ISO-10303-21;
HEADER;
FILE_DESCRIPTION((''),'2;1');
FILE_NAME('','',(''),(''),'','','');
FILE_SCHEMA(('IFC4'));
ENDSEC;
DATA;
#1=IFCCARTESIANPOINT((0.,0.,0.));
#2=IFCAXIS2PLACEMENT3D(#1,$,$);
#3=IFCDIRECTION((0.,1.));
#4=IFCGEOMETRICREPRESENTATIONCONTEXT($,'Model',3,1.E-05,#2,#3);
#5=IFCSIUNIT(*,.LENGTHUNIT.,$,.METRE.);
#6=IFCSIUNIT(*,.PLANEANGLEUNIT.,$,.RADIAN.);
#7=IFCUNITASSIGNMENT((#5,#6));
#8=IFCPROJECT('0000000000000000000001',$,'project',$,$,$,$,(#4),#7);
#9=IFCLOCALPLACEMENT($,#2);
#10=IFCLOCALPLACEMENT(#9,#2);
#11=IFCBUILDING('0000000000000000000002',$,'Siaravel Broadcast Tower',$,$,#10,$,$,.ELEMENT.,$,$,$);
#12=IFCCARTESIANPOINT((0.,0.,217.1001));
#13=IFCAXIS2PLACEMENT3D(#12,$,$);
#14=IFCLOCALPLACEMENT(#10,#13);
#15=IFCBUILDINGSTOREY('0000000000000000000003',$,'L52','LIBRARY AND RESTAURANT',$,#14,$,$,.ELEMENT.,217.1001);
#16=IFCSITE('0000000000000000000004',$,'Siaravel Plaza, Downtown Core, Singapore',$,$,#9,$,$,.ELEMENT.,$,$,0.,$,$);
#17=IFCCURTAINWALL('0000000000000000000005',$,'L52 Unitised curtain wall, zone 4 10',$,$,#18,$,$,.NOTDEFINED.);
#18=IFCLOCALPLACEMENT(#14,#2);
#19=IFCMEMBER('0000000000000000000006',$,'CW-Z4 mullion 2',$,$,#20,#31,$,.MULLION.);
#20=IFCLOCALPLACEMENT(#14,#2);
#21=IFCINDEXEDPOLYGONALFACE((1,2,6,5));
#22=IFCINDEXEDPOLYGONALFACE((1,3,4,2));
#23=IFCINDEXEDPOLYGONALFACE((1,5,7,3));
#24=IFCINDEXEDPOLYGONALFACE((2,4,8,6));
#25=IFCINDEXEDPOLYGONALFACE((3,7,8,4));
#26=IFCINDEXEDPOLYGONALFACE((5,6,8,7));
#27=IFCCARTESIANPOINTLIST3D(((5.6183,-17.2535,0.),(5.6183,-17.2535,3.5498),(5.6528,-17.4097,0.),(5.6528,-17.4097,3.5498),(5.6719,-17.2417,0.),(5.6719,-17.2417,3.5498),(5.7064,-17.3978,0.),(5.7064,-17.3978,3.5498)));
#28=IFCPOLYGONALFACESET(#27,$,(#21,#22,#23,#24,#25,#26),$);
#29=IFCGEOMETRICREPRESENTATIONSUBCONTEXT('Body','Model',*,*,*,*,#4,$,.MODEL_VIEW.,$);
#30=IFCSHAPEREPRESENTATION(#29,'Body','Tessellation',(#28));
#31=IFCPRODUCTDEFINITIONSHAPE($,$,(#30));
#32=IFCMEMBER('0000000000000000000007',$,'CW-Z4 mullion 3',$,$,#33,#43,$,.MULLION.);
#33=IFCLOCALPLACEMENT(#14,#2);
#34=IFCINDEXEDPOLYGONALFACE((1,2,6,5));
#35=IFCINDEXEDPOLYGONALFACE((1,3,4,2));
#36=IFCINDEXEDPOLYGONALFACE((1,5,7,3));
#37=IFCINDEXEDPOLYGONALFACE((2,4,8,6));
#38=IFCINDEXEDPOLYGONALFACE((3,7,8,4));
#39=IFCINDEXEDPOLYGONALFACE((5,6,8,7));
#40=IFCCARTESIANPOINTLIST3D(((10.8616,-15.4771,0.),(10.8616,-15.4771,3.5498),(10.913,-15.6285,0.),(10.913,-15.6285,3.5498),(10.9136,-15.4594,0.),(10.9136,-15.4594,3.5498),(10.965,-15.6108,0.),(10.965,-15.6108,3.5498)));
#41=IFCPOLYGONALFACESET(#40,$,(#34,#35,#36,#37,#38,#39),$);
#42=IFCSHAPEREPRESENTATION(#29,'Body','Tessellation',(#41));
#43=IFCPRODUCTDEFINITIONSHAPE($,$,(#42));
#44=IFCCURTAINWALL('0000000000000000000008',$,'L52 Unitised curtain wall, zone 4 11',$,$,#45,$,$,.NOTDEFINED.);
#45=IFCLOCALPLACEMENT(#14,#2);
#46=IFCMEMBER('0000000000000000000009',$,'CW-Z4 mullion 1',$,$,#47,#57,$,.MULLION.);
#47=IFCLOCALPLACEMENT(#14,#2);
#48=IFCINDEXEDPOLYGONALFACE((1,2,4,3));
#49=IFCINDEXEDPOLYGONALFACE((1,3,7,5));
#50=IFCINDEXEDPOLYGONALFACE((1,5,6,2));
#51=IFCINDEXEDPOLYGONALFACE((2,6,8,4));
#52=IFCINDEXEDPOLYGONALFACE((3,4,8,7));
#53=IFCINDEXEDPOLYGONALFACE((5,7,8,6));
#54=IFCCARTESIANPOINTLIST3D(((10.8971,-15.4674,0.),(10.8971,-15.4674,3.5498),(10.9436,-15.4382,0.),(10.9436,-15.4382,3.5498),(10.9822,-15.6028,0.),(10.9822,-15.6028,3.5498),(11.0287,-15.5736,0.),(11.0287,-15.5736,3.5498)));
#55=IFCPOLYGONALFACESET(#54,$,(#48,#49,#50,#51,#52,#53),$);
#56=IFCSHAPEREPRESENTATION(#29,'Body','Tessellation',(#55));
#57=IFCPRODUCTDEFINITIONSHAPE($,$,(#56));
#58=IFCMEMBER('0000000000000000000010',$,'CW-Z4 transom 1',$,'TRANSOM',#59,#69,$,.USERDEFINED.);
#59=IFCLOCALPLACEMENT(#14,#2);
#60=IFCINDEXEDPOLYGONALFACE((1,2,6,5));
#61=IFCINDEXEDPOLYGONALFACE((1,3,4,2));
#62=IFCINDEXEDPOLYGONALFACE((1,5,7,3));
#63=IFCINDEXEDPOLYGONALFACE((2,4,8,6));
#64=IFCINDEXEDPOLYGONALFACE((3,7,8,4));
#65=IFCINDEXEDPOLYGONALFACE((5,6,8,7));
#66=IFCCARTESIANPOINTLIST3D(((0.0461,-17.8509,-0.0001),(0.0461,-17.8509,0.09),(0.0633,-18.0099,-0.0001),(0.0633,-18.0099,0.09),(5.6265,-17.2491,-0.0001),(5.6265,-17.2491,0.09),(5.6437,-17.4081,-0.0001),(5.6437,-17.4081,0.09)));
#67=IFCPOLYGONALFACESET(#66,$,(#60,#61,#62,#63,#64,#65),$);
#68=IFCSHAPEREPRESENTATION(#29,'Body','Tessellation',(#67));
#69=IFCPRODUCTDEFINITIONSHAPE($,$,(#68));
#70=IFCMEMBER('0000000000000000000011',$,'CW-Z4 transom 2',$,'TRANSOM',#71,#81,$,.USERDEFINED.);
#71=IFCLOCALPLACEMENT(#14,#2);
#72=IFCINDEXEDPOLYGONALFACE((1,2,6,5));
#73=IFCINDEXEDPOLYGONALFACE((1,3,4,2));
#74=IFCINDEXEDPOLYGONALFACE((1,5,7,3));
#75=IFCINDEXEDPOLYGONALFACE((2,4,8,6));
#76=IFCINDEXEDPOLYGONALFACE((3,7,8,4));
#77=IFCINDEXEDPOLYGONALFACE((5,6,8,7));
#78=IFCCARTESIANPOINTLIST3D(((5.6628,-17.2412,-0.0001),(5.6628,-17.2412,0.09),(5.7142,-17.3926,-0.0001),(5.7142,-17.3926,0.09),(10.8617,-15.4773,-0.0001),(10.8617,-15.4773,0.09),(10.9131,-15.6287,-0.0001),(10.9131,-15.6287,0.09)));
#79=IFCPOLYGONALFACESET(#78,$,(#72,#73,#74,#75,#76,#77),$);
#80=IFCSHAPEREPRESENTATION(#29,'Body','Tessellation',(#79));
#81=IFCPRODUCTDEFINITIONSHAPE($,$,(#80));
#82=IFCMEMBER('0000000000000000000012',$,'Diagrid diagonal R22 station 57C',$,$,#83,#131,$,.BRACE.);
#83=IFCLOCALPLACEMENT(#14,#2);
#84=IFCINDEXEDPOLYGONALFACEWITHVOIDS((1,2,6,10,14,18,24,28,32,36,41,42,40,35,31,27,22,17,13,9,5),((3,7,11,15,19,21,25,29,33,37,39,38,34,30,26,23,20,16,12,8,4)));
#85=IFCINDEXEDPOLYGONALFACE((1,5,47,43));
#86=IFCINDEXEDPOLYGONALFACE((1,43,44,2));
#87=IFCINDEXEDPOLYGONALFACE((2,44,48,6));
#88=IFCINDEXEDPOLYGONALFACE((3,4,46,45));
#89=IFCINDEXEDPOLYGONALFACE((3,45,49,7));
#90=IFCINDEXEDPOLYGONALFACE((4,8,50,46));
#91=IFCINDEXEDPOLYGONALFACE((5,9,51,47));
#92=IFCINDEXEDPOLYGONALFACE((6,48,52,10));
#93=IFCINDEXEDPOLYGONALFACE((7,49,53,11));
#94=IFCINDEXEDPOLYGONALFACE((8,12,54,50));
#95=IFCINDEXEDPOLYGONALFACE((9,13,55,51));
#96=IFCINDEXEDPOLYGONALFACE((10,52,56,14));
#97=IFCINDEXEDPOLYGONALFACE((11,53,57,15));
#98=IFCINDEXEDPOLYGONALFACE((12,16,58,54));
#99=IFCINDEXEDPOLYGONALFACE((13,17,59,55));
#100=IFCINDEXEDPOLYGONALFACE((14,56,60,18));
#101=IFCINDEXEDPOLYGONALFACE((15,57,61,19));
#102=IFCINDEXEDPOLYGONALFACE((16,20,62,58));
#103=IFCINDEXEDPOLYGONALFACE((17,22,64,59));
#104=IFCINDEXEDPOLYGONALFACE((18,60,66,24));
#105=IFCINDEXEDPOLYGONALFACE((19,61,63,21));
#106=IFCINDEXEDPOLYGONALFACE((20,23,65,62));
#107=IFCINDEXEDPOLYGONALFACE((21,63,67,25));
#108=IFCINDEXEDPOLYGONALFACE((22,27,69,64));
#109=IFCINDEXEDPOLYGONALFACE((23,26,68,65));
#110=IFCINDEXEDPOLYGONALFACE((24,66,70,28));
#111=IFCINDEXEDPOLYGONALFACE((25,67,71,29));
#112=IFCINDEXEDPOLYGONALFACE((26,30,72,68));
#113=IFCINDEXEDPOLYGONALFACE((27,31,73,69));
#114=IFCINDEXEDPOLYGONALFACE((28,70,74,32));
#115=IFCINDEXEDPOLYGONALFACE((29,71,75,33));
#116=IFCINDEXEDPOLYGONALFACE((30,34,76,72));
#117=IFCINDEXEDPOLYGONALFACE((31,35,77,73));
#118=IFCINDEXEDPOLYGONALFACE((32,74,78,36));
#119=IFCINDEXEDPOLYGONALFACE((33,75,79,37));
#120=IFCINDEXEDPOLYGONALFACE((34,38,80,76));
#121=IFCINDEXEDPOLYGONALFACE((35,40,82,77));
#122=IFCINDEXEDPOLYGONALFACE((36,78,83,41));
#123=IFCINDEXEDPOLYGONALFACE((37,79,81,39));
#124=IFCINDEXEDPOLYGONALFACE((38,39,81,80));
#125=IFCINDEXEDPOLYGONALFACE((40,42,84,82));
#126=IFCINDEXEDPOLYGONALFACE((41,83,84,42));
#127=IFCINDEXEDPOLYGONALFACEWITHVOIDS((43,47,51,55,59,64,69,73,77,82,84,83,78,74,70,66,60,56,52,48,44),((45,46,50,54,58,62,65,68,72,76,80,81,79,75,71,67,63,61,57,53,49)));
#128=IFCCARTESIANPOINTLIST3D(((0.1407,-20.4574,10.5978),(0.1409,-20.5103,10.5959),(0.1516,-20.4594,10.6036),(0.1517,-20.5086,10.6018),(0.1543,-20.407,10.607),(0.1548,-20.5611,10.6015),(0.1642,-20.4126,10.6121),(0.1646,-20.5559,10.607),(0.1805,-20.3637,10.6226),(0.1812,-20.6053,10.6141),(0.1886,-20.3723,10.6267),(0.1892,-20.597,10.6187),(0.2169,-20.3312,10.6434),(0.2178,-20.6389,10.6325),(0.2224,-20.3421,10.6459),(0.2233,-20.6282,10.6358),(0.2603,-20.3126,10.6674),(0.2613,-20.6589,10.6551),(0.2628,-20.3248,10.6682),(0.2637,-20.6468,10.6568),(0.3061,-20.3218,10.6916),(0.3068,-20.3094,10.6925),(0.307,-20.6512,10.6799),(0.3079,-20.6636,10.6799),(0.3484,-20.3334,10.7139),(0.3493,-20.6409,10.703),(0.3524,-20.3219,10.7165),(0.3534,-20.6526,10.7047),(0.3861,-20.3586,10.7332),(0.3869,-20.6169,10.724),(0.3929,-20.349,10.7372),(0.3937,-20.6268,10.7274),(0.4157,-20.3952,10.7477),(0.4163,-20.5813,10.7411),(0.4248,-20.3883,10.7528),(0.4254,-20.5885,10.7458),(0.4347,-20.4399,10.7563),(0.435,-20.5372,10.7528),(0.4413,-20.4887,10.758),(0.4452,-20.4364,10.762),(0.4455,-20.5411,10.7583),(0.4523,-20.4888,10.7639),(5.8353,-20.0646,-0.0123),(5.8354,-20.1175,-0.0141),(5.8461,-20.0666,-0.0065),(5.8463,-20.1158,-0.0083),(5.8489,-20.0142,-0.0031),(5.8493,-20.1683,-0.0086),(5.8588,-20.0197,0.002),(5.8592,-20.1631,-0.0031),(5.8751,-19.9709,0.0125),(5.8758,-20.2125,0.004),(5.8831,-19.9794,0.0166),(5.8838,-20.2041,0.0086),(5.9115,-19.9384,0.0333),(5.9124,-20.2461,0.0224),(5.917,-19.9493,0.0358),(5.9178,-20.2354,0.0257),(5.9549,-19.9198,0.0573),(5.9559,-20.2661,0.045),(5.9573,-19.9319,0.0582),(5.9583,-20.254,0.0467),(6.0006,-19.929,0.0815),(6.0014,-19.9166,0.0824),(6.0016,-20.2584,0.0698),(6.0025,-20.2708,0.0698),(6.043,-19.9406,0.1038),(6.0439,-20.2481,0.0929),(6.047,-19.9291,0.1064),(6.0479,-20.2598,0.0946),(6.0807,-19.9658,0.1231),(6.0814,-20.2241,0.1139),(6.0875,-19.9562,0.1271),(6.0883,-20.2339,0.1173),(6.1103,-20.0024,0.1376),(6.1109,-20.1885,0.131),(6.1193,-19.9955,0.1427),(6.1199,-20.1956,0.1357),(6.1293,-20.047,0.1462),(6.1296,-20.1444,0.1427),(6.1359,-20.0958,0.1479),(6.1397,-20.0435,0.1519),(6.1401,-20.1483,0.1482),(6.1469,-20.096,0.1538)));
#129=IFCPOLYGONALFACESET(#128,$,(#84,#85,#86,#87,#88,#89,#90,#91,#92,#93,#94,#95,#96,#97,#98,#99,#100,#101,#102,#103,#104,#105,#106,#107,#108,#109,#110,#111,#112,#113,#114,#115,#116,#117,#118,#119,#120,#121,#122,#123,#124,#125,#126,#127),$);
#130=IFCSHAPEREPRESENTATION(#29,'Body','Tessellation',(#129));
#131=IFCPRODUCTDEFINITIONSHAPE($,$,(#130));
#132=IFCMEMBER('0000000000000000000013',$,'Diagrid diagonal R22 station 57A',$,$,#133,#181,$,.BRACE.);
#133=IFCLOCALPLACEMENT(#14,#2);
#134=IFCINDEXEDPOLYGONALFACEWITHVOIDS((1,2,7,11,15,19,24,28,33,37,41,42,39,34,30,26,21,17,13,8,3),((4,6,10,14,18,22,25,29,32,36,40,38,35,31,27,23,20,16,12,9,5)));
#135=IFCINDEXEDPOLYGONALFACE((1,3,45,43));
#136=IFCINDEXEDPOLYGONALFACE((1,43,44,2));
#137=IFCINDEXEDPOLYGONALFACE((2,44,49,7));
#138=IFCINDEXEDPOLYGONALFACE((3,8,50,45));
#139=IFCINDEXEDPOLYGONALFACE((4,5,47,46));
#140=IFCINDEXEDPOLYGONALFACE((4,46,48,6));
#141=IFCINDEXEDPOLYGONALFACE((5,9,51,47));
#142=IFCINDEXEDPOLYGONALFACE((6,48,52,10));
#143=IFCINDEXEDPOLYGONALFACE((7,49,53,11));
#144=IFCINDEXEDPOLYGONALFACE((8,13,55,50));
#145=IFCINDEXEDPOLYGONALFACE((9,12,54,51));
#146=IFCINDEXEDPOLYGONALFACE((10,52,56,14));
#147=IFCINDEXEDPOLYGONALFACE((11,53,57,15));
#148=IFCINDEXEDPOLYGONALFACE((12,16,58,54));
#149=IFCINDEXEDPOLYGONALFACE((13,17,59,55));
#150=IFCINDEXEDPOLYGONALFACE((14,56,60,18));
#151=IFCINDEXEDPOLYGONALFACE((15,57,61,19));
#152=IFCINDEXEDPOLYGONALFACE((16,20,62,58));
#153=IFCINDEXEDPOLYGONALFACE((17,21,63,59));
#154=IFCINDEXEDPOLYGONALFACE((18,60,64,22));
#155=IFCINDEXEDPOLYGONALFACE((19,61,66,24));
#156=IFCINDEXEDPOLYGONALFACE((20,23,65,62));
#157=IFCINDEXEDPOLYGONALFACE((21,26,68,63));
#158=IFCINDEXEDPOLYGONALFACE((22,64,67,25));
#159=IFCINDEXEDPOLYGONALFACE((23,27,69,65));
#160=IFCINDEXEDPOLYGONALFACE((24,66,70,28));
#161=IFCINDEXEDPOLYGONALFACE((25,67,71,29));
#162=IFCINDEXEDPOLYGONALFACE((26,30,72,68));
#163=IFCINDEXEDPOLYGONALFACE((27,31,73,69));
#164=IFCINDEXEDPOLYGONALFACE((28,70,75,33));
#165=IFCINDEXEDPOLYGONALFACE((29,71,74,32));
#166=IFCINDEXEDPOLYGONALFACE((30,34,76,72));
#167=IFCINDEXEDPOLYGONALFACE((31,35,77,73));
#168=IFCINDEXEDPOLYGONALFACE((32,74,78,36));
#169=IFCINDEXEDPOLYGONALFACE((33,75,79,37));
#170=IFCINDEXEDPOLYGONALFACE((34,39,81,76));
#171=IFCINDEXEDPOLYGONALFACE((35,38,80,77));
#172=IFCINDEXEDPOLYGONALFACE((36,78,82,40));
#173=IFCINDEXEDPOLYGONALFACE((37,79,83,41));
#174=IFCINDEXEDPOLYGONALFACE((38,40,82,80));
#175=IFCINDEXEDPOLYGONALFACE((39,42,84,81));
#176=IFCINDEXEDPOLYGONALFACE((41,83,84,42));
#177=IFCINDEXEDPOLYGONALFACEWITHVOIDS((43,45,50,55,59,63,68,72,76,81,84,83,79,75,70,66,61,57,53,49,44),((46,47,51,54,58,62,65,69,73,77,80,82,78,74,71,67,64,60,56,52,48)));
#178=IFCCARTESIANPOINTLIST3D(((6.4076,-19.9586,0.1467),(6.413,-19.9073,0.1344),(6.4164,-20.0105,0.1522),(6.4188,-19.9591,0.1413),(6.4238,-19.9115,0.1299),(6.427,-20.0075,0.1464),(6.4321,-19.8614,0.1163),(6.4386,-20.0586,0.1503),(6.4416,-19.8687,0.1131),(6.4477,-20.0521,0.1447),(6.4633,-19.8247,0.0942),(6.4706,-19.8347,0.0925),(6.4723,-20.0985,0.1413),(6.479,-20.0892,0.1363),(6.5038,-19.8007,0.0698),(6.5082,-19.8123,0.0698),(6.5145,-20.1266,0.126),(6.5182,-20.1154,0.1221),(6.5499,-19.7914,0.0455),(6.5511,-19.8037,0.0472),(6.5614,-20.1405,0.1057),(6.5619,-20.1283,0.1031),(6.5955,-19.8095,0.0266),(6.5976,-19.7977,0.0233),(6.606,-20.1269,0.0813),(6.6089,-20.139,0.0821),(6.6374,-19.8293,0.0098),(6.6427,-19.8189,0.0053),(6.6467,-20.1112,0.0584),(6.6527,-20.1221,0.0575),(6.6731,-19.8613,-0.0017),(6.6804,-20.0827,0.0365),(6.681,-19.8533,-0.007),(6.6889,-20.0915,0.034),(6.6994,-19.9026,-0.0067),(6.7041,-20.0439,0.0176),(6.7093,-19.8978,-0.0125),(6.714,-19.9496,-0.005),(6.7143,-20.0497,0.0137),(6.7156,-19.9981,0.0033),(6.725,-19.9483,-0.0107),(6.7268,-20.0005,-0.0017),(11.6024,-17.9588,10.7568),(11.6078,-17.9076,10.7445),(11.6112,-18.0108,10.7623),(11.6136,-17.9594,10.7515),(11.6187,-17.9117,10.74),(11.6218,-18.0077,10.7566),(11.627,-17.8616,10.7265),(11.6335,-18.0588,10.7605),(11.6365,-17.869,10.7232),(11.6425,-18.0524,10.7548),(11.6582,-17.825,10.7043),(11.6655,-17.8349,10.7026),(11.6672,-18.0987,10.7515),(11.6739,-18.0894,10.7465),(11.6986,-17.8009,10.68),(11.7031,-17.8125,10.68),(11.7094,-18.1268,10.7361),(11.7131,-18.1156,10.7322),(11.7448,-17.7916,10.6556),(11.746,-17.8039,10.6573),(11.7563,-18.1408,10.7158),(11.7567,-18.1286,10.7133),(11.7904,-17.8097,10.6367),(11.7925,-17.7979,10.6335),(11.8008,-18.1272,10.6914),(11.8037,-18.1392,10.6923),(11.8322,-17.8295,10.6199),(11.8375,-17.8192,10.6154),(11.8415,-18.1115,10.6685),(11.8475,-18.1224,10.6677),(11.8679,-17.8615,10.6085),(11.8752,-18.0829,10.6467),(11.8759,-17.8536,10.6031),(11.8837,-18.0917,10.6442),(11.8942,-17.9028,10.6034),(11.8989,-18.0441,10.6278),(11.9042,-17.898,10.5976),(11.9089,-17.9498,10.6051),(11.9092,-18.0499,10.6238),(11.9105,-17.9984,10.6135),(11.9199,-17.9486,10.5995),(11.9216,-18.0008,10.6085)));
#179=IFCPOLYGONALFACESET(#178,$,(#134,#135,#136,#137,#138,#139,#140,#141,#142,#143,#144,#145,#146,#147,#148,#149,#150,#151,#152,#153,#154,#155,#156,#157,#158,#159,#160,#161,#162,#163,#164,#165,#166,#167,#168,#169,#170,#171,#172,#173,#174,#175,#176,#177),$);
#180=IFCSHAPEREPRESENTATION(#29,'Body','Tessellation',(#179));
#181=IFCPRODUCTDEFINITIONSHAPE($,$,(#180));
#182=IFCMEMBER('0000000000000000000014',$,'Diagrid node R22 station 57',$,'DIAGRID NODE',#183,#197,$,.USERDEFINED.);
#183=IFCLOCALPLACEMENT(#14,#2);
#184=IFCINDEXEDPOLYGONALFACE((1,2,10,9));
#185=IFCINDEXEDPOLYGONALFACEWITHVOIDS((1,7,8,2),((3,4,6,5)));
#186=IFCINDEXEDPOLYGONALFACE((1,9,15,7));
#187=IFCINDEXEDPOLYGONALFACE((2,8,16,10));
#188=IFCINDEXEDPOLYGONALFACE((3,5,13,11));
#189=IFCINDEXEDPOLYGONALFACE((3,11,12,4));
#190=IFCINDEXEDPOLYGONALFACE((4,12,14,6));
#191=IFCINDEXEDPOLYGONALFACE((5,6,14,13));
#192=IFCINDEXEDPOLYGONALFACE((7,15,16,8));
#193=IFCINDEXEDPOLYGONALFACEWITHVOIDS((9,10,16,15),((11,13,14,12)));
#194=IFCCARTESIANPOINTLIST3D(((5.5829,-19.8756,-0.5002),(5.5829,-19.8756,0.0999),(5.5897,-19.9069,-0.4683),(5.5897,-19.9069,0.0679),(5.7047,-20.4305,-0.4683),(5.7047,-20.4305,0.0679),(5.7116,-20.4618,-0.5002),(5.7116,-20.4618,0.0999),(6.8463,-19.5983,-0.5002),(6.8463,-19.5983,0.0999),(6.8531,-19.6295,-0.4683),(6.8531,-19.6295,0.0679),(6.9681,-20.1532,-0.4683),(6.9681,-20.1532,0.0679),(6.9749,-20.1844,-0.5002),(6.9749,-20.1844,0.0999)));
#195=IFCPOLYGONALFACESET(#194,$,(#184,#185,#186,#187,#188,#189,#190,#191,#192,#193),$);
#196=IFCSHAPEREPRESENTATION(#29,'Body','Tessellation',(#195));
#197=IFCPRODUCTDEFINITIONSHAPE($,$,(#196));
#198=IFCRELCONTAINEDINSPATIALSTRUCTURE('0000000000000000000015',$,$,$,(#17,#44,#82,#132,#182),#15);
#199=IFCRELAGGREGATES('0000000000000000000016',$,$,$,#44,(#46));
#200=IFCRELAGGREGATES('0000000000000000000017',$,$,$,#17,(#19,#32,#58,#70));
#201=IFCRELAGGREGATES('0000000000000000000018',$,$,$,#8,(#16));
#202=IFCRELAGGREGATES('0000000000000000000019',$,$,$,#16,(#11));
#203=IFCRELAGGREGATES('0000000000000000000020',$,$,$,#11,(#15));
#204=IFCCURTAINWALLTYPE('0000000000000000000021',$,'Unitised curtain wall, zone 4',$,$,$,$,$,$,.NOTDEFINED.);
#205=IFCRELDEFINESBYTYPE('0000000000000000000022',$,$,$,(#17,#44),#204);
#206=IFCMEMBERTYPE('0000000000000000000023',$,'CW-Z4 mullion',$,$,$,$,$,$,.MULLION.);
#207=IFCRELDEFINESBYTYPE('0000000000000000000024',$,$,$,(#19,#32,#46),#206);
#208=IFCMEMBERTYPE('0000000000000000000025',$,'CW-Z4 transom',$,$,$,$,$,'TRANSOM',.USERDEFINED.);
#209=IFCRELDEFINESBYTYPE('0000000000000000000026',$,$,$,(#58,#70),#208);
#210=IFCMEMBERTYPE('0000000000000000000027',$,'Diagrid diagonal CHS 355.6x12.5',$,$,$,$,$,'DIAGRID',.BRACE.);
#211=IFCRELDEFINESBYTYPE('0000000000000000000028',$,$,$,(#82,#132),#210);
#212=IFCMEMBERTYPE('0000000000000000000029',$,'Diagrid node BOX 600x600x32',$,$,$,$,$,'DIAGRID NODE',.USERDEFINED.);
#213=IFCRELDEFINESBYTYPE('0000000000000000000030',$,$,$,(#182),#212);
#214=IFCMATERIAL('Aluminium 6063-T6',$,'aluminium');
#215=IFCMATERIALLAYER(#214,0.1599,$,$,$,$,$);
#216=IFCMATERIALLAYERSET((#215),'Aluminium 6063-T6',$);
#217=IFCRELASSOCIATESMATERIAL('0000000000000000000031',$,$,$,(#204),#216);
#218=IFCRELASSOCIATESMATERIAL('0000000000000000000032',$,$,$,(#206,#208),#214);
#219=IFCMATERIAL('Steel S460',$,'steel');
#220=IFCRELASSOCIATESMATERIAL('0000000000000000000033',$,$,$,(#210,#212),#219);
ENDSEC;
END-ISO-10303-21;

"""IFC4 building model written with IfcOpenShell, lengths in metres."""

from ifc_helpers import new_model, si_unit, direction, frame, origin, origin_2d, place, context, subcontext, project, spatial, rectangle, hollow_rectangle, hollow_circle, extrude, material, layer, layer_set, material_profile, profile_set, type_object, element, aggregate, save


model = new_model("IFC4")

# Units and contexts
model_context = context("Model", 3, precision=1e-05, world=origin(), true_north=direction((0.0, 1.0)))
body_context = subcontext(model_context, "Body", "Model", "MODEL_VIEW")
ifc_project = project(units=[si_unit("LENGTHUNIT", "METRE"), si_unit("PLANEANGLEUNIT", "RADIAN")], contexts=[model_context])

# Site, building, storey
site_placement = place(None, origin())
site = spatial("IfcSite", under=ifc_project, at=site_placement, Name="Siaravel Plaza, Downtown Core, Singapore", CompositionType="ELEMENT", RefElevation=0.0)
building_placement = place(site_placement, origin())
building = spatial("IfcBuilding", under=site, at=building_placement, Name="Siaravel Broadcast Tower", CompositionType="ELEMENT")
storey_placement = place(building_placement, frame((0.0, 0.0, 217.1001)))
storey = spatial("IfcBuildingStorey", under=building, at=storey_placement, Name="L52", Description="LIBRARY AND RESTAURANT", CompositionType="ELEMENT", Elevation=217.1001)

# Curtain wall, members
ifc_material_1 = material(Name="Aluminium 6063-T6", Category="aluminium")
ifc_layer_1 = layer(ifc_material_1, 0.1599)
ifc_layer_set_1 = layer_set([ifc_layer_1], Name="Aluminium 6063-T6")
curtain_wall_type = type_object("IfcCurtainWallType", Name="Unitised curtain wall, zone 4", PredefinedType="NOTDEFINED", material=ifc_layer_set_1)
curtain_wall_1_placement = place(storey_placement, origin())
curtain_wall_1 = element("IfcCurtainWall", 1, at=curtain_wall_1_placement, inside=storey, type_object=curtain_wall_type, Name="L52 Unitised curtain wall, zone 4 10", PredefinedType="NOTDEFINED")
ifc_material_profile_1 = material_profile(ifc_material_1, rectangle(XDim=0.1599, YDim=0.0549, at=origin_2d()))
ifc_profile_set_1 = profile_set([ifc_material_profile_1], Name="Aluminium 6063-T6")
member_type_1 = type_object("IfcMemberType", Name="CW-Z4 mullion", PredefinedType="MULLION", material=ifc_profile_set_1)
member_1_placement = place(storey_placement, frame((5.6624, -17.3257, 0.0), z_axis=(0.0, 0.0, 1.0), x_axis=(-0.215558, 0.976491, 0.0)))
member_1 = element("IfcMember", 2, at=member_1_placement, type_object=member_type_1, Name="CW-Z4 mullion 2", PredefinedType="MULLION", context=body_context, shape_type="SweptSolid", body=[
    extrude(rectangle(XDim=0.1599, YDim=0.0549, at=origin_2d()), origin(), (0.0, 0.0, 1.0), 3.5498),
])
member_2_placement = place(storey_placement, frame((10.9133, -15.5439, 0.0), z_axis=(0.0, 0.0, 1.0), x_axis=(-0.321301, 0.946977, 0.0)))
member_2 = element("IfcMember", 3, at=member_2_placement, type_object=member_type_1, Name="CW-Z4 mullion 3", PredefinedType="MULLION", context=body_context, shape_type="SweptSolid", body=[
    extrude(rectangle(XDim=0.1599, YDim=0.0549, at=origin_2d()), origin(), (0.0, 0.0, 1.0), 3.5498),
])

# Curtain wall, member
curtain_wall_2_placement = place(storey_placement, origin())
curtain_wall_2 = element("IfcCurtainWall", 4, at=curtain_wall_2_placement, inside=storey, type_object=curtain_wall_type, Name="L52 Unitised curtain wall, zone 4 11", PredefinedType="NOTDEFINED")
member_3_placement = place(storey_placement, frame((10.9629, -15.5205, 0.0), z_axis=(0.0, 0.0, 1.0), x_axis=(-0.53215, 0.84665, 0.0)))
member_3 = element("IfcMember", 5, at=member_3_placement, type_object=member_type_1, Name="CW-Z4 mullion 1", PredefinedType="MULLION", context=body_context, shape_type="SweptSolid", body=[
    extrude(rectangle(XDim=0.1599, YDim=0.0549, at=origin_2d()), origin(), (0.0, 0.0, 1.0), 3.5498),
])
aggregate(curtain_wall_2, [member_3])

# Members
ifc_material_profile_2 = material_profile(ifc_material_1, rectangle(XDim=0.1599, YDim=0.0901, at=origin_2d()))
ifc_profile_set_2 = profile_set([ifc_material_profile_2], Name="Aluminium 6063-T6")
member_type_2 = type_object("IfcMemberType", Name="CW-Z4 transom", ElementType="TRANSOM", PredefinedType="USERDEFINED", material=ifc_profile_set_2)
member_4_placement = place(storey_placement, frame((0.0547, -17.9304, 0.0449), z_axis=(0.994235, 0.107223, 0.0), x_axis=(-0.107223, 0.994235, 0.0)))
member_4 = element("IfcMember", 6, at=member_4_placement, type_object=member_type_2, Name="CW-Z4 transom 1", ObjectType="TRANSOM", PredefinedType="USERDEFINED", context=body_context, shape_type="SweptSolid", body=[
    extrude(rectangle(XDim=0.1599, YDim=0.0901, at=origin_2d()), origin(), (0.0, 0.0, 1.0), 5.6128),
])
member_5_placement = place(storey_placement, frame((5.6885, -17.3169, 0.0449), z_axis=(0.94698, 0.321293, 0.0), x_axis=(-0.321293, 0.94698, 0.0)))
member_5 = element("IfcMember", 7, at=member_5_placement, type_object=member_type_2, Name="CW-Z4 transom 2", ObjectType="TRANSOM", PredefinedType="USERDEFINED", context=body_context, shape_type="SweptSolid", body=[
    extrude(rectangle(XDim=0.1599, YDim=0.0901, at=origin_2d()), origin(), (0.0, 0.0, 1.0), 5.49),
])

# Members
ifc_material_2 = material(Name="Steel S460", Category="steel")
ifc_material_profile_3 = material_profile(ifc_material_2, hollow_circle(Radius=0.1777, WallThickness=0.0125, at=origin_2d()))
ifc_profile_set_3 = profile_set([ifc_material_profile_3], Name="Steel S460")
member_type_3 = type_object("IfcMemberType", Name="Diagrid diagonal CHS 355.6x12.5", ElementType="DIAGRID", PredefinedType="BRACE", material=ifc_profile_set_3)
member_6_placement = place(storey_placement, frame((5.9902, -20.0935, 0.0698), z_axis=(-0.472653, -0.032604, 0.880645), x_axis=(0.068818, -0.997629, 0.0)))
element("IfcMember", 8, at=member_6_placement, inside=storey, type_object=member_type_3, Name="Diagrid diagonal R22 station 57C", PredefinedType="BRACE", context=body_context, shape_type="SweptSolid", body=[
    extrude(hollow_circle(Radius=0.1777, WallThickness=0.0125, at=origin_2d()), origin(), (0.0, 0.0, 1.0), 12.0481),
])
member_7_placement = place(storey_placement, frame((6.5676, -19.9666, 0.0698), z_axis=(0.433566, 0.166902, 0.885531), x_axis=(-0.359252, 0.93324, 0.0)))
element("IfcMember", 9, at=member_7_placement, inside=storey, type_object=member_type_3, Name="Diagrid diagonal R22 station 57A", PredefinedType="BRACE", context=body_context, shape_type="SweptSolid", body=[
    extrude(hollow_circle(Radius=0.1777, WallThickness=0.0125, at=origin_2d()), origin(), (0.0, 0.0, 1.0), 11.9817),
])
ifc_material_profile_4 = material_profile(ifc_material_2, hollow_rectangle(XDim=0.6001, YDim=0.6001, WallThickness=0.032, at=origin_2d()))
ifc_profile_set_4 = profile_set([ifc_material_profile_4], Name="Steel S460")
member_type_4 = type_object("IfcMemberType", Name="Diagrid node BOX 600x600x32", ElementType="DIAGRID NODE", PredefinedType="USERDEFINED", material=ifc_profile_set_4)
member_8_placement = place(storey_placement, frame((5.6472, -20.1687, -0.2002), z_axis=(0.976743, 0.214412, 0.0), x_axis=(-0.214412, 0.976743, 0.0)))
element("IfcMember", 10, at=member_8_placement, inside=storey, type_object=member_type_4, Name="Diagrid node R22 station 57", ObjectType="DIAGRID NODE", PredefinedType="USERDEFINED", context=body_context, shape_type="SweptSolid", body=[
    extrude(hollow_rectangle(XDim=0.6001, YDim=0.6001, WallThickness=0.032, at=origin_2d()), origin(), (0.0, 0.0, 1.0), 1.2935),
])

aggregate(curtain_wall_1, [member_1, member_2, member_4, member_5])

save(model, "model.ifc")
